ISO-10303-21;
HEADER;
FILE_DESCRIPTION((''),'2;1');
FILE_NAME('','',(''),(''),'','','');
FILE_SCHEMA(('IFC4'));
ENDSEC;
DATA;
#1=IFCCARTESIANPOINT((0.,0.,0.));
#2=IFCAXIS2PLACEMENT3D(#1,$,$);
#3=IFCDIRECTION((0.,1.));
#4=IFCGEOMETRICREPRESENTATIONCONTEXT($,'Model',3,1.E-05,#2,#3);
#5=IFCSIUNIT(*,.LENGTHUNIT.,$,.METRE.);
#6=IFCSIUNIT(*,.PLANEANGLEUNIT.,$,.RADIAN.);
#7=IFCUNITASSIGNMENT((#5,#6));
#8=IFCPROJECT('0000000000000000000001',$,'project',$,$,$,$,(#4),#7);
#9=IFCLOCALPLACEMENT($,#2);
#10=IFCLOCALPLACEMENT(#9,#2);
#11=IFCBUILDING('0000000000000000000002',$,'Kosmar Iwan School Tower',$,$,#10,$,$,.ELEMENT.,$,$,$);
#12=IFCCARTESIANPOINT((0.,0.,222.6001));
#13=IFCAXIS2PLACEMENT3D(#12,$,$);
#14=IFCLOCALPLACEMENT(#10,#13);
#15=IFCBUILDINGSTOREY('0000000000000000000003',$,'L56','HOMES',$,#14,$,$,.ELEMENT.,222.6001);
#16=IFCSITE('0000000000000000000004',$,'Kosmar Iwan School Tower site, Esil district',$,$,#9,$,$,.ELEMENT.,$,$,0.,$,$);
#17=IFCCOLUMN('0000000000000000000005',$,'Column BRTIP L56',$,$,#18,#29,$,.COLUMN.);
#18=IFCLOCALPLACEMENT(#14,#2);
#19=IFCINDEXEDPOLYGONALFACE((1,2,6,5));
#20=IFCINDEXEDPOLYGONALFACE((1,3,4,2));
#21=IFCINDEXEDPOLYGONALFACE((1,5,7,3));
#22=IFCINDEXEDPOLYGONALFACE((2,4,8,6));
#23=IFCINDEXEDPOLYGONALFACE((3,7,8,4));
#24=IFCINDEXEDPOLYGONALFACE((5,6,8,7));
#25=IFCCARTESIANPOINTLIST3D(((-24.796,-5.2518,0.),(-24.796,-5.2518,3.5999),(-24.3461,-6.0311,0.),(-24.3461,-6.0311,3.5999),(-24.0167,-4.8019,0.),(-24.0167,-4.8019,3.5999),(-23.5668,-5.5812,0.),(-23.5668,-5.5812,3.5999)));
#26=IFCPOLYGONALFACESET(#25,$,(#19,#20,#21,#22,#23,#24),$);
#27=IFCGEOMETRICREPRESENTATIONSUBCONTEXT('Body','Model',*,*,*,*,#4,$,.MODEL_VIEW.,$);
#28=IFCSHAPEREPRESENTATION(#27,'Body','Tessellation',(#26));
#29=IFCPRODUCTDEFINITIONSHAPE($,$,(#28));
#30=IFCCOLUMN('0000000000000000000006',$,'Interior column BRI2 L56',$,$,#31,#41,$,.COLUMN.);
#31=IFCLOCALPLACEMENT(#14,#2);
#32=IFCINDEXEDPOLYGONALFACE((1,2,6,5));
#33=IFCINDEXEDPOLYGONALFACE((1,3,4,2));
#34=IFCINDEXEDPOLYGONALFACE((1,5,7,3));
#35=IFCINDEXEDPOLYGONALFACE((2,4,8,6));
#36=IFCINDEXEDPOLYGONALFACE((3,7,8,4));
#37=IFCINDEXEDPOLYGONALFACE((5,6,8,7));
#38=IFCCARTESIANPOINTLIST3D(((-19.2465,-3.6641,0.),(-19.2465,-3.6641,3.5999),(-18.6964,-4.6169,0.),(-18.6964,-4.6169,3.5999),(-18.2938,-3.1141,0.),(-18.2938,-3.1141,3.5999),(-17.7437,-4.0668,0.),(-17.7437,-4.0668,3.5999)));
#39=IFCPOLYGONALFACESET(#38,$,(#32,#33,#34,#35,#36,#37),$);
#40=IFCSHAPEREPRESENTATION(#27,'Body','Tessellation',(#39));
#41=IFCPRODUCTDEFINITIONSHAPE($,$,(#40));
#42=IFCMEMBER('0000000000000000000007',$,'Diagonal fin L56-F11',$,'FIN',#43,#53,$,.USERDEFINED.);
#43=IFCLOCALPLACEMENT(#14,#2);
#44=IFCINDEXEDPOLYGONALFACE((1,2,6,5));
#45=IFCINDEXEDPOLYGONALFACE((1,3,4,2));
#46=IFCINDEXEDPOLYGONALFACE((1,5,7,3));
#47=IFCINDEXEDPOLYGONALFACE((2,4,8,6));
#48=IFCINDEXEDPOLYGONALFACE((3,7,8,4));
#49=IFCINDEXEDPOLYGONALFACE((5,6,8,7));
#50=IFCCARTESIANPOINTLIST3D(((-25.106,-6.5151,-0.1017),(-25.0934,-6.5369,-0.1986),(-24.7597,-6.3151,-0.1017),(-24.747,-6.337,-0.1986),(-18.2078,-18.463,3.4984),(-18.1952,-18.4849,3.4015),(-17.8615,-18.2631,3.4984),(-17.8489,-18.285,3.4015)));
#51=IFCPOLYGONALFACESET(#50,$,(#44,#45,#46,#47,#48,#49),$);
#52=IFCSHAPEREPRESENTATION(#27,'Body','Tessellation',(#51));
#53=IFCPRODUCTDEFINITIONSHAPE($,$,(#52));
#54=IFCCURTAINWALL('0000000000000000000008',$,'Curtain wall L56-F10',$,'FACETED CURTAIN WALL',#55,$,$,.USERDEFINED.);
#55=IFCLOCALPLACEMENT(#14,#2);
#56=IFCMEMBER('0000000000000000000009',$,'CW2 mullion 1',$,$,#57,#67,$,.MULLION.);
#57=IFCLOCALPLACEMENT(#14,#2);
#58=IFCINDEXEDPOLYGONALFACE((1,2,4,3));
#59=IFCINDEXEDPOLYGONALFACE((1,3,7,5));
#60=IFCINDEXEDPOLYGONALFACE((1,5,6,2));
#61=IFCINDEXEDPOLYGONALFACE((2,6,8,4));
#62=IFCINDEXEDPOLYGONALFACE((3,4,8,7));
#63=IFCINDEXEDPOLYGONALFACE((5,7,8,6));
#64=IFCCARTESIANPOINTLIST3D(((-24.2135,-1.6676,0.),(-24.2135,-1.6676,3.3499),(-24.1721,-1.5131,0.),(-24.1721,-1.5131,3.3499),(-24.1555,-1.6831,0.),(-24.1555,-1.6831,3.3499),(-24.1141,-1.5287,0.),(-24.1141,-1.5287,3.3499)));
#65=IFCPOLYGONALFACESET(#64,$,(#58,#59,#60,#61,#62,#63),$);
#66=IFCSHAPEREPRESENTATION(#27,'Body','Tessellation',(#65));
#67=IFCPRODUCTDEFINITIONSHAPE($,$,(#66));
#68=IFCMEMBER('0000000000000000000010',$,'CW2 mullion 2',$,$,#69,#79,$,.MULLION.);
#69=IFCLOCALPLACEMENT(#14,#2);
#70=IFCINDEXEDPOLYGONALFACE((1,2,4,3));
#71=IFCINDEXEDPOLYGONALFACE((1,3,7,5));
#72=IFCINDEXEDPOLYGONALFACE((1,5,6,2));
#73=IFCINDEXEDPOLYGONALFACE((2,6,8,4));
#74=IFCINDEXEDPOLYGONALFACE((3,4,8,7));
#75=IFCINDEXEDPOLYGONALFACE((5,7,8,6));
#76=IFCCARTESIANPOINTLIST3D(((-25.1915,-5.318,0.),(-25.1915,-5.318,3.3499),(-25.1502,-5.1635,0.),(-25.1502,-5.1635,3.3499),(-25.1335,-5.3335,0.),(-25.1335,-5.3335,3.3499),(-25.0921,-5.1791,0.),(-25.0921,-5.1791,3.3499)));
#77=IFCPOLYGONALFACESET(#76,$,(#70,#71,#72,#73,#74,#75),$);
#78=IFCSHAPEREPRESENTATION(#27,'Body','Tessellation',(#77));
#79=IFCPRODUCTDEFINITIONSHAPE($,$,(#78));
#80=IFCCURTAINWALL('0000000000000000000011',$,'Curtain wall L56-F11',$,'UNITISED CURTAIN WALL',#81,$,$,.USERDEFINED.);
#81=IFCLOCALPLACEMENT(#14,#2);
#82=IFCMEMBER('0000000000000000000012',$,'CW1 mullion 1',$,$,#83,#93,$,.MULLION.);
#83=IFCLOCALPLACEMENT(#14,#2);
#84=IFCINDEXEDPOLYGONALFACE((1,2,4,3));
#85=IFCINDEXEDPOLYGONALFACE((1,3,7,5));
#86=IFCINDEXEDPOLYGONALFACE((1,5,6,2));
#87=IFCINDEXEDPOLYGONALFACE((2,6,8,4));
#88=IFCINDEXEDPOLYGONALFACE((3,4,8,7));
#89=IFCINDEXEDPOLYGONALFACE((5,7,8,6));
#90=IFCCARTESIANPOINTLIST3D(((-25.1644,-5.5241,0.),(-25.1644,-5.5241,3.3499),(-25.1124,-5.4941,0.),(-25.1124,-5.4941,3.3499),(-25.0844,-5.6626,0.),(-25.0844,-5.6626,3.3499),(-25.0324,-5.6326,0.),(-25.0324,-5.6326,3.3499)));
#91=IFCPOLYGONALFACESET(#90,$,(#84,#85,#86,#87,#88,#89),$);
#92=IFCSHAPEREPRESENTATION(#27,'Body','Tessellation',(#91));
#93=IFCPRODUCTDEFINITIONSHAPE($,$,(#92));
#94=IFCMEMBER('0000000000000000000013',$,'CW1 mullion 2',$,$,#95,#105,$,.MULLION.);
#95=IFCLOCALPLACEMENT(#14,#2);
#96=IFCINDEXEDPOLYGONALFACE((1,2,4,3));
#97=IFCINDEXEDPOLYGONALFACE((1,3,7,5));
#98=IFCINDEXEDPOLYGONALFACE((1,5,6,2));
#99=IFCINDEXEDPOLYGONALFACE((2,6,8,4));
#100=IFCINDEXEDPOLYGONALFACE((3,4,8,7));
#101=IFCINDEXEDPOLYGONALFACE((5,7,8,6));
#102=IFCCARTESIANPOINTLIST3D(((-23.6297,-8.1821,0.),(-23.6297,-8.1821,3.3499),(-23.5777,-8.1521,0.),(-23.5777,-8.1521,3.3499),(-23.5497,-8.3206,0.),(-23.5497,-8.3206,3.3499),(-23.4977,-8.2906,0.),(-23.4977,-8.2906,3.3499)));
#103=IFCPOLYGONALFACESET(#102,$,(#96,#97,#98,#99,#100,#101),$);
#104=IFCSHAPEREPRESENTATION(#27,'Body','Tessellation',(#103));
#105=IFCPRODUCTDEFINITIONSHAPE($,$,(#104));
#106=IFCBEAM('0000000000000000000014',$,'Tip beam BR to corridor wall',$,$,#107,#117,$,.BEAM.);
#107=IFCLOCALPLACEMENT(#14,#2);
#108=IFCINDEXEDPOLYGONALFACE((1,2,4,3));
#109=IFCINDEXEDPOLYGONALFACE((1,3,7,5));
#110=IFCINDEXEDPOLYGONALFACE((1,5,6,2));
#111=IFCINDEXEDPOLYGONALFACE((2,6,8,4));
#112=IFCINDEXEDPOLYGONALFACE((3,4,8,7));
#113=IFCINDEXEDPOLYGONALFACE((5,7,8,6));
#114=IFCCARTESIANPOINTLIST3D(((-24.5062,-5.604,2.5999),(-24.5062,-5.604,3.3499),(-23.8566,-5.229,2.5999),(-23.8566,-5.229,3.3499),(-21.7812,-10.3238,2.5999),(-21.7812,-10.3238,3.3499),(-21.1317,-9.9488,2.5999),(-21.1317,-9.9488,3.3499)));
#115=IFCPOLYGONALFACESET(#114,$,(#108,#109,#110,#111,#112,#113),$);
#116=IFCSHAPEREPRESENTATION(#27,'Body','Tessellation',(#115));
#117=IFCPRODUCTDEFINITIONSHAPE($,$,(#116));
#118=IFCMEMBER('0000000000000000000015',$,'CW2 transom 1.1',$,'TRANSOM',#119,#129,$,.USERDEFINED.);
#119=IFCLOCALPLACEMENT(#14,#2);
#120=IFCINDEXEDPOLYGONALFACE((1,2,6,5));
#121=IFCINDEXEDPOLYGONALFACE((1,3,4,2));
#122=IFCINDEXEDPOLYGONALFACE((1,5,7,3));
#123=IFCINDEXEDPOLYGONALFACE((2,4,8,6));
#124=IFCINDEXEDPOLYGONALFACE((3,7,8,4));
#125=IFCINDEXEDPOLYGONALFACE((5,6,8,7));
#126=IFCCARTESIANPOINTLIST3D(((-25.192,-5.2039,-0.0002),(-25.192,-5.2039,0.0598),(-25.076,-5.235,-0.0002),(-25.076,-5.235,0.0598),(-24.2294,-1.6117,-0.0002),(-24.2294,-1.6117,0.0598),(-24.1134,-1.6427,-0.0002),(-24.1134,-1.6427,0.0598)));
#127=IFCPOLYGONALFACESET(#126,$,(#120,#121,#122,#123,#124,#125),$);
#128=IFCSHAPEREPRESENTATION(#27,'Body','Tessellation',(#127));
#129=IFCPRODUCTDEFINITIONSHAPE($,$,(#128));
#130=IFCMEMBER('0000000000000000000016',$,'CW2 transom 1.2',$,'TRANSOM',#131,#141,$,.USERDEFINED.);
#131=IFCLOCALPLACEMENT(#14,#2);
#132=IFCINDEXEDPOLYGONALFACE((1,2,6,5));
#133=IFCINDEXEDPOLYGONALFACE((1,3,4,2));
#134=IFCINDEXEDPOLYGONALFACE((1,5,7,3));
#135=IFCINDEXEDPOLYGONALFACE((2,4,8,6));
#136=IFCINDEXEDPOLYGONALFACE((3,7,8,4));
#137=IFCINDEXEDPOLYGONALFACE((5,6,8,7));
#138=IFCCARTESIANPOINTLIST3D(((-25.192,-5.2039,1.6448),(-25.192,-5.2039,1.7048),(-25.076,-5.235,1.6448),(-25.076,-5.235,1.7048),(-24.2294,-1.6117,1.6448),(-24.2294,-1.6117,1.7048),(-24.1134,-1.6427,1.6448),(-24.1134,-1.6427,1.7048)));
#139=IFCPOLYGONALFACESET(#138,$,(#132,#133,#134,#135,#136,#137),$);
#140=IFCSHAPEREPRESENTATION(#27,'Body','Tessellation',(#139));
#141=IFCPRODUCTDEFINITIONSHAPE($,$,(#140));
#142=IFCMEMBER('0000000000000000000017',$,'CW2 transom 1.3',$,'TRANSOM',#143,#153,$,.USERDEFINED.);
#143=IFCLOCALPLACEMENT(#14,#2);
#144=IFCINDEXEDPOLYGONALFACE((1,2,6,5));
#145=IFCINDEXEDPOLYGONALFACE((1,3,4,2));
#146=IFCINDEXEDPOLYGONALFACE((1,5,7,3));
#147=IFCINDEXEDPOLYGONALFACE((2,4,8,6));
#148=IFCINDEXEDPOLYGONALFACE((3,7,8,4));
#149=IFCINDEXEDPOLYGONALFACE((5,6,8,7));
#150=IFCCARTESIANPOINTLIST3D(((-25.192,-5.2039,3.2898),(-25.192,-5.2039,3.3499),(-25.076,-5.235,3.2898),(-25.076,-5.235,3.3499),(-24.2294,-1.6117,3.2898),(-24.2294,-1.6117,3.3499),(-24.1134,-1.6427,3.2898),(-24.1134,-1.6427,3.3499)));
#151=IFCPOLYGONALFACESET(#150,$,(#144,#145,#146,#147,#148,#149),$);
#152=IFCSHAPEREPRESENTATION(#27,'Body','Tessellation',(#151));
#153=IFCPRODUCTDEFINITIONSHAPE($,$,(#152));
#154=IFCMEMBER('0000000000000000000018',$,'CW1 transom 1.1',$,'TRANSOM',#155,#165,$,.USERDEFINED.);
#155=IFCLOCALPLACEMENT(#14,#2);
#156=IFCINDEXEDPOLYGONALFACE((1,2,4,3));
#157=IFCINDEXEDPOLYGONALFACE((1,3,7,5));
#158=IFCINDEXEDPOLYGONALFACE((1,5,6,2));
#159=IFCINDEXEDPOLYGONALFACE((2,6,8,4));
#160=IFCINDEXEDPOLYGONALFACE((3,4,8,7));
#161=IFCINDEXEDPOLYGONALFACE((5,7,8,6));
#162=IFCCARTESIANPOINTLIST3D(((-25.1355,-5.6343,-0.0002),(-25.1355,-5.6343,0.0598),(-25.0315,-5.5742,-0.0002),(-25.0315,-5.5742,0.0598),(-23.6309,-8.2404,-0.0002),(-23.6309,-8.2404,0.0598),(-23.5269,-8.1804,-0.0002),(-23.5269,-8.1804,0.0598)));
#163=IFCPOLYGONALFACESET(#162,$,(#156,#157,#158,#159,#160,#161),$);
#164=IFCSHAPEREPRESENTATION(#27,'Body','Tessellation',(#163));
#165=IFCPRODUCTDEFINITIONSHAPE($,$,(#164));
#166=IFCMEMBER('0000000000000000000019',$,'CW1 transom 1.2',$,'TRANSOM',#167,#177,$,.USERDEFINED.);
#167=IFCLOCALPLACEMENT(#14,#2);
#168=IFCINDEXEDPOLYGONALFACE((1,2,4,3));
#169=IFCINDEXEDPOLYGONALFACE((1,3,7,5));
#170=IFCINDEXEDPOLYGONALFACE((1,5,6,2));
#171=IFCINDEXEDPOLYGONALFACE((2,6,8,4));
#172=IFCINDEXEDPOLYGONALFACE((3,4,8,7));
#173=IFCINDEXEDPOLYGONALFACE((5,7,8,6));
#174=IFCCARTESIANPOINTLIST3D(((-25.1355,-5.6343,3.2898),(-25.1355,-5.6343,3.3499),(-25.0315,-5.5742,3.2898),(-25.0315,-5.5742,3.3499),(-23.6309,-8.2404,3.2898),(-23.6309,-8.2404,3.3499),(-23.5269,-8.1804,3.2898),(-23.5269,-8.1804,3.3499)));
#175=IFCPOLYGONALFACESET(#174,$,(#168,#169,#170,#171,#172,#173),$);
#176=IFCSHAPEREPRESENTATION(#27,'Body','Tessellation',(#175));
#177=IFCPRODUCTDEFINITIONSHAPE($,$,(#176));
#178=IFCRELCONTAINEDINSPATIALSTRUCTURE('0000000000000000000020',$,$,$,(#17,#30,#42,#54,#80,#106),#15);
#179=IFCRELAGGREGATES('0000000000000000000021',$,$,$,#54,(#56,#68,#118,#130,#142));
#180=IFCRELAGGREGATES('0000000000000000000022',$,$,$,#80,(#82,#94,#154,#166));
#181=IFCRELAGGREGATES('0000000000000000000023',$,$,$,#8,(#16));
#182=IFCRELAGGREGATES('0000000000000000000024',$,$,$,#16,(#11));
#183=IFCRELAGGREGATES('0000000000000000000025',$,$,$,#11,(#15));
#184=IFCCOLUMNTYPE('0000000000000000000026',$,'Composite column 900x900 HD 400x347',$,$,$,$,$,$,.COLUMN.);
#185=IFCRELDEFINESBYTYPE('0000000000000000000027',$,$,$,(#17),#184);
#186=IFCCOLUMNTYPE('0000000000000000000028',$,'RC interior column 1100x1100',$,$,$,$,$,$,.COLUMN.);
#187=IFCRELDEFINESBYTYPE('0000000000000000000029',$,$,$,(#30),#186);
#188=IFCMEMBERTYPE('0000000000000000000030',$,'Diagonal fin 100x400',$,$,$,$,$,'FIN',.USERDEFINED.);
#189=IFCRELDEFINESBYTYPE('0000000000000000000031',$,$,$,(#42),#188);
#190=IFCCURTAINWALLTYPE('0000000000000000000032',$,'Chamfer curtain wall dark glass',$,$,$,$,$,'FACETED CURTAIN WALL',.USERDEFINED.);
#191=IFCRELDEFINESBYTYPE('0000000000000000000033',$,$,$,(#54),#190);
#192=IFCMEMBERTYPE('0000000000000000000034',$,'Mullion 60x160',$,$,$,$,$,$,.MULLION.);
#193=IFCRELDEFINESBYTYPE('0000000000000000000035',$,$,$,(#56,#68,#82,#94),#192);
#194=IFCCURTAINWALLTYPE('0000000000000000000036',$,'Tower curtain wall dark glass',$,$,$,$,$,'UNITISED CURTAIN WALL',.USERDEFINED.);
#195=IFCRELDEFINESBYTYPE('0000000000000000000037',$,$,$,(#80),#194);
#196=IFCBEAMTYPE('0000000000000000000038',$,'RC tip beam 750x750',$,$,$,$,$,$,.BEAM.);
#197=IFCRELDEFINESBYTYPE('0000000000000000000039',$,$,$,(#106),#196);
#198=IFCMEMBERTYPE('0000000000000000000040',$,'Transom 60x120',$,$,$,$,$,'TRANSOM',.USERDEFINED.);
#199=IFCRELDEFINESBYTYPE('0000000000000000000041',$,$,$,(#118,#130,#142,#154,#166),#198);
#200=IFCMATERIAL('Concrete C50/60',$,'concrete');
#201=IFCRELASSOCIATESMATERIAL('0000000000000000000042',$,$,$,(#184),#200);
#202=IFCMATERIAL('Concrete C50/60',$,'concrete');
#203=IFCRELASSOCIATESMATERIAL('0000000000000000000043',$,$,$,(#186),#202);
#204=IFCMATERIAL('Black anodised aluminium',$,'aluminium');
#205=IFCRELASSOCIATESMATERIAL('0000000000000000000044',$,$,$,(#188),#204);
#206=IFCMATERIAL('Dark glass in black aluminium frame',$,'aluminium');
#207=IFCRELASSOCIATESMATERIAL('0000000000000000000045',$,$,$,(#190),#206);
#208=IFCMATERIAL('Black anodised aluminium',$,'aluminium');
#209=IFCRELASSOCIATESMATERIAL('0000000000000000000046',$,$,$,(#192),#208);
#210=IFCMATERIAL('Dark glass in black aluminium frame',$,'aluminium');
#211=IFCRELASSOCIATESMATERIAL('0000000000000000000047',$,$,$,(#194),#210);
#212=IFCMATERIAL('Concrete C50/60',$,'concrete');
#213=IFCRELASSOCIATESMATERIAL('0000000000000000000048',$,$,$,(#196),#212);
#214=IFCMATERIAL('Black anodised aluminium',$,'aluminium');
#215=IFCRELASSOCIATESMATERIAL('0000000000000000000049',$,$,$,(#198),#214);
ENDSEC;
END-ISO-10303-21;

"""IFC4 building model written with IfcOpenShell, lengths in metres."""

from ifc_helpers import new_model, si_unit, direction, frame, origin, origin_2d, place, context, subcontext, project, spatial, rectangle, extrude, material, material_profile, profile_set, type_object, element, aggregate, save


model = new_model("IFC4")

# Units and contexts
model_context = context("Model", 3, precision=1e-05, world=origin(), true_north=direction((0.0, 1.0)))
body_context = subcontext(model_context, "Body", "Model", "MODEL_VIEW")
ifc_project = project(units=[si_unit("LENGTHUNIT", "METRE"), si_unit("PLANEANGLEUNIT", "RADIAN")], contexts=[model_context])

# Site, building, storey
site_placement = place(None, origin())
site = spatial("IfcSite", under=ifc_project, at=site_placement, Name="Kosmar Iwan School Tower site, Esil district", CompositionType="ELEMENT", RefElevation=0.0)
building_placement = place(site_placement, origin())
building = spatial("IfcBuilding", under=site, at=building_placement, Name="Kosmar Iwan School Tower", CompositionType="ELEMENT")
storey_placement = place(building_placement, frame((0.0, 0.0, 222.6001)))
storey = spatial("IfcBuildingStorey", under=building, at=storey_placement, Name="L56", Description="HOMES", CompositionType="ELEMENT", Elevation=222.6001)

# Columns
ifc_material_1 = material(Name="Concrete C50/60", Category="concrete")
ifc_material_profile_1 = material_profile(ifc_material_1, rectangle(XDim=0.8999, YDim=0.8999, at=origin_2d()), Name="RC 900x900 + HD 400x347")
ifc_profile_set_1 = profile_set([ifc_material_profile_1], Name="Concrete C50/60")
column_type_1 = type_object("IfcColumnType", Name="Composite column 900x900 HD 400x347", PredefinedType="COLUMN", material=ifc_profile_set_1)
column_1_placement = place(storey_placement, frame((-24.1814, -5.4165, 0.0), z_axis=(0.0, 0.0, 1.0), x_axis=(-0.866025, -0.5, 0.0)))
element("IfcColumn", 1, at=column_1_placement, inside=storey, type_object=column_type_1, Name="Column BRTIP L56", PredefinedType="COLUMN", context=body_context, shape_type="SweptSolid", body=[
    extrude(rectangle(XDim=0.8999, YDim=0.8999, at=origin_2d()), origin(), (0.0, 0.0, 1.0), 3.5999),
])
ifc_material_2 = material(Name="Concrete C50/60", Category="concrete")
ifc_material_profile_2 = material_profile(ifc_material_2, rectangle(XDim=1.1001, YDim=1.1001, at=origin_2d()), Name="RC 1100x1100")
ifc_profile_set_2 = profile_set([ifc_material_profile_2], Name="Concrete C50/60")
column_type_2 = type_object("IfcColumnType", Name="RC interior column 1100x1100", PredefinedType="COLUMN", material=ifc_profile_set_2)
column_2_placement = place(storey_placement, frame((-18.4951, -3.8655, 0.0), z_axis=(0.0, 0.0, 1.0), x_axis=(-0.866025, -0.5, 0.0)))
element("IfcColumn", 2, at=column_2_placement, inside=storey, type_object=column_type_2, Name="Interior column BRI2 L56", PredefinedType="COLUMN", context=body_context, shape_type="SweptSolid", body=[
    extrude(rectangle(XDim=1.1001, YDim=1.1001, at=origin_2d()), origin(), (0.0, 0.0, 1.0), 3.5999),
])

# Member
ifc_material_3 = material(Name="Black anodised aluminium", Category="aluminium")
ifc_material_profile_3 = material_profile(ifc_material_3, rectangle(XDim=0.1001, YDim=0.3999, at=origin_2d()), Name="FIN 100x400")
ifc_profile_set_3 = profile_set([ifc_material_profile_3], Name="Black anodised aluminium")
member_type_1 = type_object("IfcMemberType", Name="Diagonal fin 100x400", ElementType="FIN", PredefinedType="USERDEFINED", material=ifc_profile_set_3)
member_1_placement = place(storey_placement, frame((-24.9265, -6.426, -0.1501), z_axis=(0.4838, -0.837965, 0.252491), x_axis=(-0.126245, 0.218663, 0.967599)))
element("IfcMember", 3, at=member_1_placement, inside=storey, type_object=member_type_1, Name="Diagonal fin L56-F11", ObjectType="FIN", PredefinedType="USERDEFINED", context=body_context, shape_type="SweptSolid", body=[
    extrude(rectangle(XDim=0.1001, YDim=0.3999, at=origin_2d()), origin(), (0.0, 0.0, 1.0), 14.2583),
])

# Curtain walls, members
ifc_material_4 = material(Name="Dark glass in black aluminium frame", Category="aluminium")
curtain_wall_type_1 = type_object("IfcCurtainWallType", Name="Chamfer curtain wall dark glass", ElementType="FACETED CURTAIN WALL", PredefinedType="USERDEFINED", material=ifc_material_4)
curtain_wall_1_placement = place(storey_placement, origin())
curtain_wall_1 = element("IfcCurtainWall", 4, at=curtain_wall_1_placement, inside=storey, type_object=curtain_wall_type_1, Name="Curtain wall L56-F10", ObjectType="FACETED CURTAIN WALL", PredefinedType="USERDEFINED")
ifc_material_5 = material(Name="Black anodised aluminium", Category="aluminium")
ifc_material_profile_4 = material_profile(ifc_material_5, rectangle(XDim=0.0601, YDim=0.1599, at=origin_2d()), Name="MULLION 60x160")
ifc_profile_set_4 = profile_set([ifc_material_profile_4], Name="Black anodised aluminium")
member_type_2 = type_object("IfcMemberType", Name="Mullion 60x160", PredefinedType="MULLION", material=ifc_profile_set_4)
member_2_placement = place(storey_placement, frame((-24.1638, -1.5981, 0.0), z_axis=(0.0, 0.0, 1.0), x_axis=(0.965926, -0.258819, 0.0)))
member_2 = element("IfcMember", 5, at=member_2_placement, type_object=member_type_2, Name="CW2 mullion 1", PredefinedType="MULLION", context=body_context, shape_type="SweptSolid", body=[
    extrude(rectangle(XDim=0.0601, YDim=0.1599, at=origin_2d()), origin(), (0.0, 0.0, 1.0), 3.3499),
])
member_3_placement = place(storey_placement, frame((-25.1418, -5.2485, 0.0), z_axis=(0.0, 0.0, 1.0), x_axis=(0.965926, -0.258819, 0.0)))
member_3 = element("IfcMember", 6, at=member_3_placement, type_object=member_type_2, Name="CW2 mullion 2", PredefinedType="MULLION", context=body_context, shape_type="SweptSolid", body=[
    extrude(rectangle(XDim=0.0601, YDim=0.1599, at=origin_2d()), origin(), (0.0, 0.0, 1.0), 3.3499),
])
ifc_material_6 = material(Name="Dark glass in black aluminium frame", Category="aluminium")
curtain_wall_type_2 = type_object("IfcCurtainWallType", Name="Tower curtain wall dark glass", ElementType="UNITISED CURTAIN WALL", PredefinedType="USERDEFINED", material=ifc_material_6)
curtain_wall_2_placement = place(storey_placement, origin())
curtain_wall_2 = element("IfcCurtainWall", 7, at=curtain_wall_2_placement, inside=storey, type_object=curtain_wall_type_2, Name="Curtain wall L56-F11", ObjectType="UNITISED CURTAIN WALL", PredefinedType="USERDEFINED")
member_4_placement = place(storey_placement, frame((-25.0984, -5.5784, 0.0), z_axis=(0.0, 0.0, 1.0), x_axis=(0.866025, 0.5, 0.0)))
member_4 = element("IfcMember", 8, at=member_4_placement, type_object=member_type_2, Name="CW1 mullion 1", PredefinedType="MULLION", context=body_context, shape_type="SweptSolid", body=[
    extrude(rectangle(XDim=0.0601, YDim=0.1599, at=origin_2d()), origin(), (0.0, 0.0, 1.0), 3.3499),
])
member_5_placement = place(storey_placement, frame((-23.5637, -8.2363, 0.0), z_axis=(0.0, 0.0, 1.0), x_axis=(0.866025, 0.5, 0.0)))
member_5 = element("IfcMember", 9, at=member_5_placement, type_object=member_type_2, Name="CW1 mullion 2", PredefinedType="MULLION", context=body_context, shape_type="SweptSolid", body=[
    extrude(rectangle(XDim=0.0601, YDim=0.1599, at=origin_2d()), origin(), (0.0, 0.0, 1.0), 3.3499),
])

# Beam
ifc_material_7 = material(Name="Concrete C50/60", Category="concrete")
ifc_material_profile_5 = material_profile(ifc_material_7, rectangle(XDim=0.75, YDim=0.75, at=origin_2d()), Name="RC 750x750")
ifc_profile_set_5 = profile_set([ifc_material_profile_5], Name="Concrete C50/60")
beam_type = type_object("IfcBeamType", Name="RC tip beam 750x750", PredefinedType="BEAM", material=ifc_profile_set_5)
beam_placement = place(storey_placement, frame((-24.1814, -5.4165, 2.9749), z_axis=(0.499989, -0.866032, 0.0), x_axis=(0.866032, 0.499989, 0.0)))
element("IfcBeam", 10, at=beam_placement, inside=storey, type_object=beam_type, Name="Tip beam BR to corridor wall", PredefinedType="BEAM", context=body_context, shape_type="SweptSolid", body=[
    extrude(rectangle(XDim=0.75, YDim=0.75, at=origin_2d()), origin(), (0.0, 0.0, 1.0), 5.45),
])

# Members
ifc_material_8 = material(Name="Black anodised aluminium", Category="aluminium")
ifc_material_profile_6 = material_profile(ifc_material_8, rectangle(XDim=0.1201, YDim=0.0601, at=origin_2d()), Name="TRANSOM 60x120")
ifc_profile_set_6 = profile_set([ifc_material_profile_6], Name="Black anodised aluminium")
member_type_3 = type_object("IfcMemberType", Name="Transom 60x120", ElementType="TRANSOM", PredefinedType="USERDEFINED", material=ifc_profile_set_6)
member_6_placement = place(storey_placement, frame((-24.1714, -1.6272, 0.0298), z_axis=(-0.258843, -0.965919, 0.0), x_axis=(0.965919, -0.258843, 0.0)))
member_6 = element("IfcMember", 11, at=member_6_placement, type_object=member_type_3, Name="CW2 transom 1.1", ObjectType="TRANSOM", PredefinedType="USERDEFINED", context=body_context, shape_type="SweptSolid", body=[
    extrude(rectangle(XDim=0.1201, YDim=0.0601, at=origin_2d()), origin(), (0.0, 0.0, 1.0), 3.719),
])
member_7_placement = place(storey_placement, frame((-24.1714, -1.6272, 1.6748), z_axis=(-0.258843, -0.965919, 0.0), x_axis=(0.965919, -0.258843, 0.0)))
member_7 = element("IfcMember", 12, at=member_7_placement, type_object=member_type_3, Name="CW2 transom 1.2", ObjectType="TRANSOM", PredefinedType="USERDEFINED", context=body_context, shape_type="SweptSolid", body=[
    extrude(rectangle(XDim=0.1201, YDim=0.0601, at=origin_2d()), origin(), (0.0, 0.0, 1.0), 3.719),
])
member_8_placement = place(storey_placement, frame((-24.1714, -1.6272, 3.3198), z_axis=(-0.258843, -0.965919, 0.0), x_axis=(0.965919, -0.258843, 0.0)))
member_8 = element("IfcMember", 13, at=member_8_placement, type_object=member_type_3, Name="CW2 transom 1.3", ObjectType="TRANSOM", PredefinedType="USERDEFINED", context=body_context, shape_type="SweptSolid", body=[
    extrude(rectangle(XDim=0.1201, YDim=0.0601, at=origin_2d()), origin(), (0.0, 0.0, 1.0), 3.719),
])
member_9_placement = place(storey_placement, frame((-25.0835, -5.6042, 0.0298), z_axis=(0.499987, -0.866033, 0.0), x_axis=(0.866033, 0.499987, 0.0)))
member_9 = element("IfcMember", 14, at=member_9_placement, type_object=member_type_3, Name="CW1 transom 1.1", ObjectType="TRANSOM", PredefinedType="USERDEFINED", context=body_context, shape_type="SweptSolid", body=[
    extrude(rectangle(XDim=0.1201, YDim=0.0601, at=origin_2d()), origin(), (0.0, 0.0, 1.0), 3.0093),
])
member_10_placement = place(storey_placement, frame((-25.0835, -5.6042, 3.3198), z_axis=(0.499987, -0.866033, 0.0), x_axis=(0.866033, 0.499987, 0.0)))
member_10 = element("IfcMember", 15, at=member_10_placement, type_object=member_type_3, Name="CW1 transom 1.2", ObjectType="TRANSOM", PredefinedType="USERDEFINED", context=body_context, shape_type="SweptSolid", body=[
    extrude(rectangle(XDim=0.1201, YDim=0.0601, at=origin_2d()), origin(), (0.0, 0.0, 1.0), 3.0093),
])

aggregate(curtain_wall_1, [member_2, member_3, member_6, member_7, member_8])
aggregate(curtain_wall_2, [member_4, member_5, member_9, member_10])

save(model, "model.ifc")
